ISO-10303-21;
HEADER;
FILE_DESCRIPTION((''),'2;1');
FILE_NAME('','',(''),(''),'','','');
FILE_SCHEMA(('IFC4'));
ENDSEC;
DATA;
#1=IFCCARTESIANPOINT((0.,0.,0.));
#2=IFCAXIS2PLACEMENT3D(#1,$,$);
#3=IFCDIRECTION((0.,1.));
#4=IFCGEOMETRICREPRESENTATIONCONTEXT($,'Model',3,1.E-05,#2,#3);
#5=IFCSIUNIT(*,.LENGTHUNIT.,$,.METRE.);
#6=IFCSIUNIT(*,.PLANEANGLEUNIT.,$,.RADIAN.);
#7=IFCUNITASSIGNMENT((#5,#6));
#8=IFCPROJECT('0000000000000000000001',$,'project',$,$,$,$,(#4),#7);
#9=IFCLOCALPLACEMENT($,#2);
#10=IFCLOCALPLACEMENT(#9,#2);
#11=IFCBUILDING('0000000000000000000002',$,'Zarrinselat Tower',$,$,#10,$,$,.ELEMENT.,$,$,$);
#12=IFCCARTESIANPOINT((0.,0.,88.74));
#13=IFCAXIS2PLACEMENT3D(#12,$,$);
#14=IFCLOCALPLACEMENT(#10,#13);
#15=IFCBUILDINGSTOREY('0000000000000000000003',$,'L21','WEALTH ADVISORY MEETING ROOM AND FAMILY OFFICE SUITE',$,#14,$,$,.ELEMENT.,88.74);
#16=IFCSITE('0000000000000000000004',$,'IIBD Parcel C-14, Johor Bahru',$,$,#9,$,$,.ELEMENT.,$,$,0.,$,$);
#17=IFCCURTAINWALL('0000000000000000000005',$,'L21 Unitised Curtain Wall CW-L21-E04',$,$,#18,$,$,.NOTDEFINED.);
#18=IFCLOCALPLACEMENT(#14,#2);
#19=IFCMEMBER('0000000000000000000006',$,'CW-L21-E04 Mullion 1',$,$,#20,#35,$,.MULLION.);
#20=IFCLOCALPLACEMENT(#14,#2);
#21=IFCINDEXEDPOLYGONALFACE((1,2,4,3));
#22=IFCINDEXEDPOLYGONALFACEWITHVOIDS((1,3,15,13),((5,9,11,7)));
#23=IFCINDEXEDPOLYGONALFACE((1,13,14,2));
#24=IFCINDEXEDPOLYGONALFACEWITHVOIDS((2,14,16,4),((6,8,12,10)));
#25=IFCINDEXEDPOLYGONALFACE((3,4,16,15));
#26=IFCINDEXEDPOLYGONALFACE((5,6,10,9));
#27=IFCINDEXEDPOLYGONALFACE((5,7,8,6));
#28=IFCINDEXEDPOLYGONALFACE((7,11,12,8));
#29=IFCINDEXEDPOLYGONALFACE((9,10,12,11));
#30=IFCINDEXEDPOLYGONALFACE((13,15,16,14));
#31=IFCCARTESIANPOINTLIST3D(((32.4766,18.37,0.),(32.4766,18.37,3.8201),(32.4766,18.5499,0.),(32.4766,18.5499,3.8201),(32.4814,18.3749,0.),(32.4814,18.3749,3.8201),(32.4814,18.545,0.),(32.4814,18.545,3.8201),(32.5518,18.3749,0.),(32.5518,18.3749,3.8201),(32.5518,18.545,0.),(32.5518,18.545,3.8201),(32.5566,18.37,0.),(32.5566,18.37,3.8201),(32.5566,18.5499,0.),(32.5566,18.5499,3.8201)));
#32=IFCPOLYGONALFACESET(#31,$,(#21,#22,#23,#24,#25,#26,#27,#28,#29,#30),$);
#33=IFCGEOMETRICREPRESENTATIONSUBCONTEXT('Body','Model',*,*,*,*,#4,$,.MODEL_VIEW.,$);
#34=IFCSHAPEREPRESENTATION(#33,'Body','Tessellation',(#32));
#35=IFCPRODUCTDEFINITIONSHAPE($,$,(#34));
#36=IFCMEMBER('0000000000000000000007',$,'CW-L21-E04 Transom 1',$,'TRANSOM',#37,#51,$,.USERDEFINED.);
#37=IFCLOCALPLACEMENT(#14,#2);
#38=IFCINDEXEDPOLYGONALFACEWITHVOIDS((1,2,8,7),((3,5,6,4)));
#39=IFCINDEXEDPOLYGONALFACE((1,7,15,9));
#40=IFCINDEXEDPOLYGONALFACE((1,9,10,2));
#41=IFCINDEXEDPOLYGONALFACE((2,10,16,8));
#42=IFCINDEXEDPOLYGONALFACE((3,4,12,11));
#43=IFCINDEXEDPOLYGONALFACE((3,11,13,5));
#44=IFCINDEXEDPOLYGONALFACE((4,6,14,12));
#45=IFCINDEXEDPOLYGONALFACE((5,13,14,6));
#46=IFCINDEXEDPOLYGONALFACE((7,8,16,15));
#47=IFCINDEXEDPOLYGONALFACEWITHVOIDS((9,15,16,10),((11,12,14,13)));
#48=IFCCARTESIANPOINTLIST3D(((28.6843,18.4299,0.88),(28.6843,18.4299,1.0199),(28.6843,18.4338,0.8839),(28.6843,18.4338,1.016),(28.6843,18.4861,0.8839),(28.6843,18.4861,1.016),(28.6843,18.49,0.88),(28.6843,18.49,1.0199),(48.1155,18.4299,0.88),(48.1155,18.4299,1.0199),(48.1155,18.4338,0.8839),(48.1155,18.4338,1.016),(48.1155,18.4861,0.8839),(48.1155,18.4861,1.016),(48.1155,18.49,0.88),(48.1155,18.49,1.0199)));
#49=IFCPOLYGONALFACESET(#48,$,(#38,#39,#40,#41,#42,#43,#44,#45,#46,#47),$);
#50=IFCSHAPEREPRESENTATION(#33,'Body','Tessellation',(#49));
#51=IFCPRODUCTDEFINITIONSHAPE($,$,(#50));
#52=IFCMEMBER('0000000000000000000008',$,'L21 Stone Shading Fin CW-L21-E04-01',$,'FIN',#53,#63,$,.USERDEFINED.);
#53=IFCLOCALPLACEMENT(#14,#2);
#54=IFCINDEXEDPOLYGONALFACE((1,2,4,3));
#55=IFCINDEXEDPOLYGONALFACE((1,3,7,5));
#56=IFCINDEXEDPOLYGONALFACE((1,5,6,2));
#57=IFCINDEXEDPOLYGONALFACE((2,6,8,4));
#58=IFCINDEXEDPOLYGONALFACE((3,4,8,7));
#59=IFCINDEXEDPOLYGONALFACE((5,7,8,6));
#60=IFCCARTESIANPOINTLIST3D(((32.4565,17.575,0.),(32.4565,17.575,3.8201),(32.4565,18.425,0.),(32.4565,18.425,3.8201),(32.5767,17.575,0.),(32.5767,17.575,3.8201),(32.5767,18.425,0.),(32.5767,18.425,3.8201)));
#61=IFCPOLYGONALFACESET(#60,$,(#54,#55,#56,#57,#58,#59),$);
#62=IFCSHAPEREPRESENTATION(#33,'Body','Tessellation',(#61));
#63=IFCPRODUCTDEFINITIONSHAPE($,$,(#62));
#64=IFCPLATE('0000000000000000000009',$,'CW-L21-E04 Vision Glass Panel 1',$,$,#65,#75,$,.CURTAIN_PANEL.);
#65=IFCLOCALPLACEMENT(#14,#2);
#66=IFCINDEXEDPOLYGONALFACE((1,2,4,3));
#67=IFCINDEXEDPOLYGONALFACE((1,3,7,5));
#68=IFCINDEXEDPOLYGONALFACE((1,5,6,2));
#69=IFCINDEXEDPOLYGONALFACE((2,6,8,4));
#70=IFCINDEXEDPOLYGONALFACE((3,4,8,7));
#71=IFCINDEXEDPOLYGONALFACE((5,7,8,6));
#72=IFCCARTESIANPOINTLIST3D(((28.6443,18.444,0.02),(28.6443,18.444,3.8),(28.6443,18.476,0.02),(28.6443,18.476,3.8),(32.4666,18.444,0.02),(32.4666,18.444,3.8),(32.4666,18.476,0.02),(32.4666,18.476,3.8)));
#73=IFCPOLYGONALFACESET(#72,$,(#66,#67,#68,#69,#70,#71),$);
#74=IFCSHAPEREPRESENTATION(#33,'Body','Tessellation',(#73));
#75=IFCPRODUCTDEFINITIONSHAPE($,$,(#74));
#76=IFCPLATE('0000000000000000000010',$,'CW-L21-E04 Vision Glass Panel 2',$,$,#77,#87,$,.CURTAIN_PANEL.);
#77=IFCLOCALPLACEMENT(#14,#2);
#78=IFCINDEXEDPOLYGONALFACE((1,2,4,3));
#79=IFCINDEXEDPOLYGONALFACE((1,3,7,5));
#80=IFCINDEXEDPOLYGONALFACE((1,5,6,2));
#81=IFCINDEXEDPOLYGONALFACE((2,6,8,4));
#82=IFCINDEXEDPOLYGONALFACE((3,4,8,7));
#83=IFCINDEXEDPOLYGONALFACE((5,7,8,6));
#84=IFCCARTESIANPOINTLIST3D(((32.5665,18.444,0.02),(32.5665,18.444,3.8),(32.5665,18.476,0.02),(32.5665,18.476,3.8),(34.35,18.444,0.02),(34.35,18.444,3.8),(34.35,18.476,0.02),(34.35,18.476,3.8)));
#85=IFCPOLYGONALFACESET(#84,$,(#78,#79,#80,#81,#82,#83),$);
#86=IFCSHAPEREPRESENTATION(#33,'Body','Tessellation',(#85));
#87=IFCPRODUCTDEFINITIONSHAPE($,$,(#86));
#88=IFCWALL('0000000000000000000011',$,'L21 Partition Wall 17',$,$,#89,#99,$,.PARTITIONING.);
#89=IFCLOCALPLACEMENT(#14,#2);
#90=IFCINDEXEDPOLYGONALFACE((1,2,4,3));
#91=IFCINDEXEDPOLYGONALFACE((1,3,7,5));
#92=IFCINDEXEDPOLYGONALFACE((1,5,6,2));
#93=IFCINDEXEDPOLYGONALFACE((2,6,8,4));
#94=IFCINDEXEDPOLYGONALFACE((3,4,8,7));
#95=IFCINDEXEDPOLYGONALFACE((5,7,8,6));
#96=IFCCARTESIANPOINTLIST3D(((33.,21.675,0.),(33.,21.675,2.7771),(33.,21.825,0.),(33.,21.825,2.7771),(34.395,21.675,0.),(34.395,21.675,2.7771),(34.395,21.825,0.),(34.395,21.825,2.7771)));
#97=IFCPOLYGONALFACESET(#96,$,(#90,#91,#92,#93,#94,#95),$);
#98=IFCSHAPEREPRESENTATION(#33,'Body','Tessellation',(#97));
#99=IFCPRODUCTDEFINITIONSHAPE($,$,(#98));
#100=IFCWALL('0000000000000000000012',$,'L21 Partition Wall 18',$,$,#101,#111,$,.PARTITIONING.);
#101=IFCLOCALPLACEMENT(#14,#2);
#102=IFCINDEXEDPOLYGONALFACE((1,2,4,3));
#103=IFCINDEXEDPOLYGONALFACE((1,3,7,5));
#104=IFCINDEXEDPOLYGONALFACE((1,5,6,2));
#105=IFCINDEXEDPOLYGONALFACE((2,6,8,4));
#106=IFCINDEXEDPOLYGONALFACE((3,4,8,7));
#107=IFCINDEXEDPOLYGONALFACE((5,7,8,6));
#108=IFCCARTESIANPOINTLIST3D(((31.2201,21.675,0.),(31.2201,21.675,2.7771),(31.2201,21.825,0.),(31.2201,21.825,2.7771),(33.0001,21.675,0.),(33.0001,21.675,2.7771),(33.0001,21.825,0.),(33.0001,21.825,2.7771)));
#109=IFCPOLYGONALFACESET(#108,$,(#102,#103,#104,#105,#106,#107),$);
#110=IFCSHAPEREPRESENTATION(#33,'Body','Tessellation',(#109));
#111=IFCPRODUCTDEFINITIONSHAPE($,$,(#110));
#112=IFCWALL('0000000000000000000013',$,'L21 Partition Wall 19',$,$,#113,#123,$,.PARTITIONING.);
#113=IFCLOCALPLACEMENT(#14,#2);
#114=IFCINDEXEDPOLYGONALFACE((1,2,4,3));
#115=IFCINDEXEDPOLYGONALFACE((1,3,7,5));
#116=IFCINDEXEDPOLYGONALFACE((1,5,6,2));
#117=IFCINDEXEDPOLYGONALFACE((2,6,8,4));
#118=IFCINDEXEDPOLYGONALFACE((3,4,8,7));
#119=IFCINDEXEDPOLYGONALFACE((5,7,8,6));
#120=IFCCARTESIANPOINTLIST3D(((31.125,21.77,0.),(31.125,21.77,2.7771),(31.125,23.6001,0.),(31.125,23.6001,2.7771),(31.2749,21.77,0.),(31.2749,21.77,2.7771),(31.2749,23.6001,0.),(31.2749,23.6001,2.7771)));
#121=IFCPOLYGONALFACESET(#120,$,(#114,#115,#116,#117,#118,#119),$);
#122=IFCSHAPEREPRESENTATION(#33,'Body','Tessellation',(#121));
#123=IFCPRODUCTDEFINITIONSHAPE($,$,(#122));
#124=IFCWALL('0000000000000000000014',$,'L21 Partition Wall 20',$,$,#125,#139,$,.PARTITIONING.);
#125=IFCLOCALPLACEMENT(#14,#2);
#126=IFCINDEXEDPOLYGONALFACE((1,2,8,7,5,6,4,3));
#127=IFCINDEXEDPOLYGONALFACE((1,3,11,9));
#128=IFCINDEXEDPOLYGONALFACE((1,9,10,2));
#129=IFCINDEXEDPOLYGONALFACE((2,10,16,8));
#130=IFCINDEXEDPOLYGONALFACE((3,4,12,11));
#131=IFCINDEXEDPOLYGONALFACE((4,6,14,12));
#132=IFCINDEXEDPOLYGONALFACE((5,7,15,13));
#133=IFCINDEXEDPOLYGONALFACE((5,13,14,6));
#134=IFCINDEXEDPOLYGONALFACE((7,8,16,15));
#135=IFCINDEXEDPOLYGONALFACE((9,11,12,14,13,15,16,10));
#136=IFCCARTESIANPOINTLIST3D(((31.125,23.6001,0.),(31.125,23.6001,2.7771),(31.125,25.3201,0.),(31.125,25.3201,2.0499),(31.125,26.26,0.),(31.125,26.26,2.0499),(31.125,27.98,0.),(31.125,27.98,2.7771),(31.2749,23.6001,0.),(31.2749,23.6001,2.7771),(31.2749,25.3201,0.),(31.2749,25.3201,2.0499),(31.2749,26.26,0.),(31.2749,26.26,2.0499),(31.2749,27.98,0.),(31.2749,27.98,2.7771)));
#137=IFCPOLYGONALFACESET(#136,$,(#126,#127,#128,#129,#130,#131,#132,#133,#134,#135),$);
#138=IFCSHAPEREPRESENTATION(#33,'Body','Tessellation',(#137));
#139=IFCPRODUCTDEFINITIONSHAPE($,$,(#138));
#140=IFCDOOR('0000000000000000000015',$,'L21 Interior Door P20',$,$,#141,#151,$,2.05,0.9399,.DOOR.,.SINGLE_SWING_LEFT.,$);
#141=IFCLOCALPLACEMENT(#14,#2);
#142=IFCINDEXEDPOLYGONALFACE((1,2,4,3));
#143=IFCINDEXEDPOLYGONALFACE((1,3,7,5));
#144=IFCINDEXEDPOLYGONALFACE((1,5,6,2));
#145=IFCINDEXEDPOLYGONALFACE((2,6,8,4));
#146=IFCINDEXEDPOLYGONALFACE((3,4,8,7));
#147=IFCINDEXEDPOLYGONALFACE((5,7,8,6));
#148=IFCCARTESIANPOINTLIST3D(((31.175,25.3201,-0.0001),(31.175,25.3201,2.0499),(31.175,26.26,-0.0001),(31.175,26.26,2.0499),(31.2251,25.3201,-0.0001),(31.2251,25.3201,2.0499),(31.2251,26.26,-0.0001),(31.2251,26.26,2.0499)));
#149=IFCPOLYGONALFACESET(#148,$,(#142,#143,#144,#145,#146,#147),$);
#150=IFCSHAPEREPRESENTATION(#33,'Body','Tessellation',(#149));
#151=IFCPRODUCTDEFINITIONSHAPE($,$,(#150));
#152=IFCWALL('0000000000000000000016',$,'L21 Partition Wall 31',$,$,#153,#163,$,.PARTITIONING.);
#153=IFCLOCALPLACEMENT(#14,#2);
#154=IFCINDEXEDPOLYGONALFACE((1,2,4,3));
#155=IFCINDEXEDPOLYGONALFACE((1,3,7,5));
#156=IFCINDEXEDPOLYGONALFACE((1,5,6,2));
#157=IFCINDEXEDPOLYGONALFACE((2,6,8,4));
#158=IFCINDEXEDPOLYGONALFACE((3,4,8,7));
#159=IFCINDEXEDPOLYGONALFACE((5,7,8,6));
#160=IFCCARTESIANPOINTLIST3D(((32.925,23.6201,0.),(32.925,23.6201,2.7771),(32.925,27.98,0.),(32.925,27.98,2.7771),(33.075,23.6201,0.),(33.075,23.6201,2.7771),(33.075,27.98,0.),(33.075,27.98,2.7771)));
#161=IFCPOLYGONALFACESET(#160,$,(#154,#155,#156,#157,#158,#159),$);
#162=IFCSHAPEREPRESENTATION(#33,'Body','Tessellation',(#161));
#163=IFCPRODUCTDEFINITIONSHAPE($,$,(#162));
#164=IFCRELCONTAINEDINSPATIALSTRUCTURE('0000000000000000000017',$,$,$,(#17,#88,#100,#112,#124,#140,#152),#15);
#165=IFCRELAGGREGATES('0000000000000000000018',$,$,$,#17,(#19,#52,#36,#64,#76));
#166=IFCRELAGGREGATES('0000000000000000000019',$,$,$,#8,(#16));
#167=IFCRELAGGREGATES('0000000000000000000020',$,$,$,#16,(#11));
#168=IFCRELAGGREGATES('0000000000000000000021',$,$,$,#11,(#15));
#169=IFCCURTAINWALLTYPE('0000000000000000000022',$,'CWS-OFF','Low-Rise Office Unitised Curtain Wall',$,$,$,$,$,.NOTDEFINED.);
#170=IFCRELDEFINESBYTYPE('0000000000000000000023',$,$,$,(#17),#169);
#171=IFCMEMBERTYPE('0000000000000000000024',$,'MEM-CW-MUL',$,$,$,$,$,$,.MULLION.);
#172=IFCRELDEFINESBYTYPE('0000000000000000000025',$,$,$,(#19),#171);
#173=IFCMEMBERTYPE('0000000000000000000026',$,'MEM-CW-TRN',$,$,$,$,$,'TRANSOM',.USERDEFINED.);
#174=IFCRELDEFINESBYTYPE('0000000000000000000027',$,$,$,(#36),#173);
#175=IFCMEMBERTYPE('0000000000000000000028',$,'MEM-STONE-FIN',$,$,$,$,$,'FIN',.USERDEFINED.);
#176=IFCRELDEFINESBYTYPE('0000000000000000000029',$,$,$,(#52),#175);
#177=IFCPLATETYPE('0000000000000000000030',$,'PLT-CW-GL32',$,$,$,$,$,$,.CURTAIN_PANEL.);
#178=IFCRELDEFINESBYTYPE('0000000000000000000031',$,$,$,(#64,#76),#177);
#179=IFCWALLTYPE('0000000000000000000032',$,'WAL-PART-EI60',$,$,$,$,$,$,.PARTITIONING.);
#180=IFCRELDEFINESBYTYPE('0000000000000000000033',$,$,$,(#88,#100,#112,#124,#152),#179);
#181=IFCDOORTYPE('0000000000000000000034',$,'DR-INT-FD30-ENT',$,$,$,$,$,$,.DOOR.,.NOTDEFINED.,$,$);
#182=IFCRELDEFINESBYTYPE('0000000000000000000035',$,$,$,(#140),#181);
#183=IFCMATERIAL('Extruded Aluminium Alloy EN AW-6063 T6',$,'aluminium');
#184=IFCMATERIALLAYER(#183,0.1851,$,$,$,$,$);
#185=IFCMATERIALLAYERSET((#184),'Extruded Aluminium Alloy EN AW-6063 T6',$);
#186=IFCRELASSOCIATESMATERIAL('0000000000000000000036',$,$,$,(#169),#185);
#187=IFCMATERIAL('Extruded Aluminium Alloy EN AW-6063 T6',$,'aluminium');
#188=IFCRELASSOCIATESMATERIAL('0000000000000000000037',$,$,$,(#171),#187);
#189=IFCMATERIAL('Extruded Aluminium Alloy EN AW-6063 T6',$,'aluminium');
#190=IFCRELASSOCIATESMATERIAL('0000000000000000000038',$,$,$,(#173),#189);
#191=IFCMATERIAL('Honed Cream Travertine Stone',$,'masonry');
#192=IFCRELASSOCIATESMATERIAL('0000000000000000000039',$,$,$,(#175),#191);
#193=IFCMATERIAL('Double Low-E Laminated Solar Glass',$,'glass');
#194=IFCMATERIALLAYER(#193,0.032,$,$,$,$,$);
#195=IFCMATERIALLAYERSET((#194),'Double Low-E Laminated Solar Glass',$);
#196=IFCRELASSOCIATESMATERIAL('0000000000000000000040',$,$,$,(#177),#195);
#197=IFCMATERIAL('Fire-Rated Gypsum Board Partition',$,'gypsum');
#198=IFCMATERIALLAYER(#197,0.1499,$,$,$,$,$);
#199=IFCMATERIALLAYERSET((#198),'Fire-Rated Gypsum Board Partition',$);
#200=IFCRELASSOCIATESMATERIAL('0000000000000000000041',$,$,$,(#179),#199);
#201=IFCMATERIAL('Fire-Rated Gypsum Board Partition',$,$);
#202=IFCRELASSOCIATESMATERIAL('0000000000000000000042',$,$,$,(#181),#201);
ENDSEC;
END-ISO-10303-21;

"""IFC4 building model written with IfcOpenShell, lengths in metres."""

from ifc_helpers import new_model, si_unit, direction, frame, frame_2d, origin, origin_2d, place, context, subcontext, project, spatial, rectangle, hollow_rectangle, extrude, material, layer, layer_set, material_profile, profile_set, type_object, element, fill, aggregate, save


model = new_model("IFC4")

# Units and contexts
model_context = context("Model", 3, precision=1e-05, world=origin(), true_north=direction((0.0, 1.0)))
body_context = subcontext(model_context, "Body", "Model", "MODEL_VIEW")
ifc_project = project(units=[si_unit("LENGTHUNIT", "METRE"), si_unit("PLANEANGLEUNIT", "RADIAN")], contexts=[model_context])

# Site, building, storey
site_placement = place(None, origin())
site = spatial("IfcSite", under=ifc_project, at=site_placement, Name="IIBD Parcel C-14, Johor Bahru", CompositionType="ELEMENT", RefElevation=0.0)
building_placement = place(site_placement, origin())
building = spatial("IfcBuilding", under=site, at=building_placement, Name="Zarrinselat Tower", CompositionType="ELEMENT")
storey_placement = place(building_placement, frame((0.0, 0.0, 88.74)))
storey = spatial("IfcBuildingStorey", under=building, at=storey_placement, Name="L21", Description="WEALTH ADVISORY MEETING ROOM AND FAMILY OFFICE SUITE", CompositionType="ELEMENT", Elevation=88.74)

# Shared definitions
ifc_material_1 = material(Name="Extruded Aluminium Alloy EN AW-6063 T6", Category="aluminium")
ifc_layer_1 = layer(ifc_material_1, 0.1851)
ifc_layer_set_1 = layer_set([ifc_layer_1], Name="Extruded Aluminium Alloy EN AW-6063 T6")
curtain_wall_type = type_object("IfcCurtainWallType", Name="CWS-OFF", Description="Low-Rise Office Unitised Curtain Wall", PredefinedType="NOTDEFINED", material=ifc_layer_set_1)
ifc_material_2 = material(Name="Extruded Aluminium Alloy EN AW-6063 T6", Category="aluminium")
ifc_material_profile_1 = material_profile(ifc_material_2, hollow_rectangle(XDim=0.0801, YDim=0.1799, WallThickness=0.0049, at=origin_2d()), Name="RHS 180x80x5")
ifc_profile_set_1 = profile_set([ifc_material_profile_1], Name="Extruded Aluminium Alloy EN AW-6063 T6")
member_type_1 = type_object("IfcMemberType", Name="MEM-CW-MUL", PredefinedType="MULLION", material=ifc_profile_set_1)

# Curtain wall, members, plates
curtain_wall_1_placement = place(storey_placement, origin())
curtain_wall_1 = element("IfcCurtainWall", 1, at=curtain_wall_1_placement, inside=storey, type_object=curtain_wall_type, Name="L21 Unitised Curtain Wall CW-L21-E04", PredefinedType="NOTDEFINED")
member_1_placement = place(storey_placement, frame((32.5166, 18.46, 0.0), z_axis=(0.0, 0.0, 1.0), x_axis=(1.0, 0.0, 0.0)))
member_1 = element("IfcMember", 2, at=member_1_placement, type_object=member_type_1, Name="CW-L21-E04 Mullion 1", PredefinedType="MULLION", context=body_context, shape_type="SweptSolid", body=[
    extrude(hollow_rectangle(XDim=0.0801, YDim=0.1799, WallThickness=0.0049, at=origin_2d()), origin(), (0.0, 0.0, 1.0), 3.8201),
])
ifc_material_3 = material(Name="Extruded Aluminium Alloy EN AW-6063 T6", Category="aluminium")
ifc_material_profile_2 = material_profile(ifc_material_3, hollow_rectangle(XDim=0.0601, YDim=0.1399, WallThickness=0.0039, at=origin_2d()), Name="RHS 140x60x4")
ifc_profile_set_2 = profile_set([ifc_material_profile_2], Name="Extruded Aluminium Alloy EN AW-6063 T6")
member_type_2 = type_object("IfcMemberType", Name="MEM-CW-TRN", ElementType="TRANSOM", PredefinedType="USERDEFINED", material=ifc_profile_set_2)
member_2_placement = place(storey_placement, frame((28.6843, 18.46, 0.95), z_axis=(1.0, 0.0, 0.0), x_axis=(0.0, 1.0, 0.0)))
member_2 = element("IfcMember", 3, at=member_2_placement, type_object=member_type_2, Name="CW-L21-E04 Transom 1", ObjectType="TRANSOM", PredefinedType="USERDEFINED", context=body_context, shape_type="SweptSolid", body=[
    extrude(hollow_rectangle(XDim=0.0601, YDim=0.1399, WallThickness=0.0039, at=origin_2d()), origin(), (0.0, 0.0, 1.0), 19.4312),
])
ifc_material_4 = material(Name="Honed Cream Travertine Stone", Category="masonry")
ifc_material_profile_3 = material_profile(ifc_material_4, rectangle(XDim=0.1201, YDim=0.8501, at=origin_2d()), Name="FIN 850x120")
ifc_profile_set_3 = profile_set([ifc_material_profile_3], Name="Honed Cream Travertine Stone")
member_type_3 = type_object("IfcMemberType", Name="MEM-STONE-FIN", ElementType="FIN", PredefinedType="USERDEFINED", material=ifc_profile_set_3)
member_3_placement = place(storey_placement, frame((32.5166, 18.0, 0.0), z_axis=(0.0, 0.0, 1.0), x_axis=(-1.0, 0.0, 0.0)))
member_3 = element("IfcMember", 4, at=member_3_placement, type_object=member_type_3, Name="L21 Stone Shading Fin CW-L21-E04-01", ObjectType="FIN", PredefinedType="USERDEFINED", context=body_context, shape_type="SweptSolid", body=[
    extrude(rectangle(XDim=0.1201, YDim=0.8501, at=origin_2d()), origin(), (0.0, 0.0, 1.0), 3.8201),
])
ifc_material_5 = material(Name="Double Low-E Laminated Solar Glass", Category="glass")
ifc_layer_2 = layer(ifc_material_5, 0.032)
ifc_layer_set_2 = layer_set([ifc_layer_2], Name="Double Low-E Laminated Solar Glass")
plate_type = type_object("IfcPlateType", Name="PLT-CW-GL32", PredefinedType="CURTAIN_PANEL", material=ifc_layer_set_2)
plate_1_placement = place(storey_placement, frame((30.5554, 18.46, 0.02), z_axis=(0.0, 0.0, 1.0), x_axis=(1.0, 0.0, 0.0)))
plate_1 = element("IfcPlate", 5, at=plate_1_placement, type_object=plate_type, Name="CW-L21-E04 Vision Glass Panel 1", PredefinedType="CURTAIN_PANEL", context=body_context, shape_type="SweptSolid", body=[
    extrude(rectangle(XDim=3.8223, YDim=0.032, at=origin_2d()), origin(), (0.0, 0.0, 1.0), 3.78),
])
plate_2_placement = place(storey_placement, frame((33.4583, 18.46, 0.02), z_axis=(0.0, 0.0, 1.0), x_axis=(1.0, 0.0, 0.0)))
plate_2 = element("IfcPlate", 6, at=plate_2_placement, type_object=plate_type, Name="CW-L21-E04 Vision Glass Panel 2", PredefinedType="CURTAIN_PANEL", context=body_context, shape_type="SweptSolid", body=[
    extrude(rectangle(XDim=1.7834, YDim=0.032, at=origin_2d()), origin(), (0.0, 0.0, 1.0), 3.78),
])
aggregate(curtain_wall_1, [member_1, member_3, member_2, plate_1, plate_2])

# Walls
ifc_material_6 = material(Name="Fire-Rated Gypsum Board Partition", Category="gypsum")
ifc_layer_3 = layer(ifc_material_6, 0.1499)
ifc_layer_set_3 = layer_set([ifc_layer_3], Name="Fire-Rated Gypsum Board Partition")
wall_type = type_object("IfcWallType", Name="WAL-PART-EI60", PredefinedType="PARTITIONING", material=ifc_layer_set_3)
wall_1_placement = place(storey_placement, frame((33.0, 21.75, 0.0), z_axis=(0.0, 0.0, 1.0), x_axis=(1.0, 0.0, 0.0)))
element("IfcWall", 7, at=wall_1_placement, inside=storey, type_object=wall_type, Name="L21 Partition Wall 17", PredefinedType="PARTITIONING", context=body_context, shape_type="SweptSolid", body=[
    extrude(rectangle(XDim=1.395, YDim=0.1499, at=frame_2d((0.6975, 0.0))), origin(), (0.0, 0.0, 1.0), 2.7771),
])
wall_2_placement = place(storey_placement, frame((31.22, 21.75, 0.0), z_axis=(0.0, 0.0, 1.0), x_axis=(1.0, 0.0, 0.0)))
element("IfcWall", 8, at=wall_2_placement, inside=storey, type_object=wall_type, Name="L21 Partition Wall 18", PredefinedType="PARTITIONING", context=body_context, shape_type="SweptSolid", body=[
    extrude(rectangle(XDim=1.78, YDim=0.1499, at=frame_2d((0.8901, 0.0))), origin(), (0.0, 0.0, 1.0), 2.7771),
])
wall_3_placement = place(storey_placement, frame((31.2, 21.77, 0.0), z_axis=(0.0, 0.0, 1.0), x_axis=(0.0, 1.0, 0.0)))
element("IfcWall", 9, at=wall_3_placement, inside=storey, type_object=wall_type, Name="L21 Partition Wall 19", PredefinedType="PARTITIONING", context=body_context, shape_type="SweptSolid", body=[
    extrude(rectangle(XDim=1.8301, YDim=0.1499, at=frame_2d((0.915, 0.0))), origin(), (0.0, 0.0, 1.0), 2.7771),
])

# Wall, opening, door
wall_4_placement = place(storey_placement, frame((31.2, 23.6001, 0.0), z_axis=(0.0, 0.0, 1.0), x_axis=(0.0, 1.0, 0.0)))
wall_4 = element("IfcWall", 10, at=wall_4_placement, inside=storey, type_object=wall_type, Name="L21 Partition Wall 20", PredefinedType="PARTITIONING", context=body_context, shape_type="SweptSolid", body=[
    extrude(rectangle(XDim=4.3799, YDim=0.1499, at=frame_2d((2.1899, 0.0))), origin(), (0.0, 0.0, 1.0), 2.7771),
])
opening_1_placement = place(wall_4_placement, frame((1.72, 0.0, 0.0)))
opening_1 = element("IfcOpeningElement", 11, at=opening_1_placement, cuts=wall_4, PredefinedType="OPENING", context=body_context, shape_type="SweptSolid", body=[
    extrude(rectangle(XDim=0.9399, YDim=2.05, at=frame_2d((0.47, 1.0249))), frame((0.0, 0.085, 0.0), z_axis=(0.0, -1.0, 0.0), x_axis=(1.0, 0.0, 0.0)), (0.0, 0.0, 1.0), 0.1699),
])
ifc_material_7 = material(Name="Fire-Rated Gypsum Board Partition")
door_type = type_object("IfcDoorType", Name="DR-INT-FD30-ENT", OperationType="NOTDEFINED", PredefinedType="DOOR", material=ifc_material_7)
door_1_placement = place(opening_1_placement, origin())
door_1 = element("IfcDoor", 12, at=door_1_placement, inside=storey, type_object=door_type, Name="L21 Interior Door P20", OperationType="SINGLE_SWING_LEFT", OverallHeight=2.05, OverallWidth=0.9399, PredefinedType="DOOR", context=body_context, shape_type="SweptSolid", body=[
    extrude(rectangle(XDim=0.9399, YDim=2.05, at=frame_2d((0.47, 1.0249))), frame((0.0, 0.0249, 0.0), z_axis=(0.0, -1.0, 0.0), x_axis=(1.0, 0.0, 0.0)), (0.0, 0.0, 1.0), 0.05),
])
fill(opening_1, door_1)

# Wall
wall_5_placement = place(storey_placement, frame((33.0, 23.6201, 0.0), z_axis=(0.0, 0.0, 1.0), x_axis=(0.0, 1.0, 0.0)))
element("IfcWall", 13, at=wall_5_placement, inside=storey, type_object=wall_type, Name="L21 Partition Wall 31", PredefinedType="PARTITIONING", context=body_context, shape_type="SweptSolid", body=[
    extrude(rectangle(XDim=4.3599, YDim=0.1499, at=frame_2d((2.1799, 0.0))), origin(), (0.0, 0.0, 1.0), 2.7771),
])

save(model, "model.ifc")
